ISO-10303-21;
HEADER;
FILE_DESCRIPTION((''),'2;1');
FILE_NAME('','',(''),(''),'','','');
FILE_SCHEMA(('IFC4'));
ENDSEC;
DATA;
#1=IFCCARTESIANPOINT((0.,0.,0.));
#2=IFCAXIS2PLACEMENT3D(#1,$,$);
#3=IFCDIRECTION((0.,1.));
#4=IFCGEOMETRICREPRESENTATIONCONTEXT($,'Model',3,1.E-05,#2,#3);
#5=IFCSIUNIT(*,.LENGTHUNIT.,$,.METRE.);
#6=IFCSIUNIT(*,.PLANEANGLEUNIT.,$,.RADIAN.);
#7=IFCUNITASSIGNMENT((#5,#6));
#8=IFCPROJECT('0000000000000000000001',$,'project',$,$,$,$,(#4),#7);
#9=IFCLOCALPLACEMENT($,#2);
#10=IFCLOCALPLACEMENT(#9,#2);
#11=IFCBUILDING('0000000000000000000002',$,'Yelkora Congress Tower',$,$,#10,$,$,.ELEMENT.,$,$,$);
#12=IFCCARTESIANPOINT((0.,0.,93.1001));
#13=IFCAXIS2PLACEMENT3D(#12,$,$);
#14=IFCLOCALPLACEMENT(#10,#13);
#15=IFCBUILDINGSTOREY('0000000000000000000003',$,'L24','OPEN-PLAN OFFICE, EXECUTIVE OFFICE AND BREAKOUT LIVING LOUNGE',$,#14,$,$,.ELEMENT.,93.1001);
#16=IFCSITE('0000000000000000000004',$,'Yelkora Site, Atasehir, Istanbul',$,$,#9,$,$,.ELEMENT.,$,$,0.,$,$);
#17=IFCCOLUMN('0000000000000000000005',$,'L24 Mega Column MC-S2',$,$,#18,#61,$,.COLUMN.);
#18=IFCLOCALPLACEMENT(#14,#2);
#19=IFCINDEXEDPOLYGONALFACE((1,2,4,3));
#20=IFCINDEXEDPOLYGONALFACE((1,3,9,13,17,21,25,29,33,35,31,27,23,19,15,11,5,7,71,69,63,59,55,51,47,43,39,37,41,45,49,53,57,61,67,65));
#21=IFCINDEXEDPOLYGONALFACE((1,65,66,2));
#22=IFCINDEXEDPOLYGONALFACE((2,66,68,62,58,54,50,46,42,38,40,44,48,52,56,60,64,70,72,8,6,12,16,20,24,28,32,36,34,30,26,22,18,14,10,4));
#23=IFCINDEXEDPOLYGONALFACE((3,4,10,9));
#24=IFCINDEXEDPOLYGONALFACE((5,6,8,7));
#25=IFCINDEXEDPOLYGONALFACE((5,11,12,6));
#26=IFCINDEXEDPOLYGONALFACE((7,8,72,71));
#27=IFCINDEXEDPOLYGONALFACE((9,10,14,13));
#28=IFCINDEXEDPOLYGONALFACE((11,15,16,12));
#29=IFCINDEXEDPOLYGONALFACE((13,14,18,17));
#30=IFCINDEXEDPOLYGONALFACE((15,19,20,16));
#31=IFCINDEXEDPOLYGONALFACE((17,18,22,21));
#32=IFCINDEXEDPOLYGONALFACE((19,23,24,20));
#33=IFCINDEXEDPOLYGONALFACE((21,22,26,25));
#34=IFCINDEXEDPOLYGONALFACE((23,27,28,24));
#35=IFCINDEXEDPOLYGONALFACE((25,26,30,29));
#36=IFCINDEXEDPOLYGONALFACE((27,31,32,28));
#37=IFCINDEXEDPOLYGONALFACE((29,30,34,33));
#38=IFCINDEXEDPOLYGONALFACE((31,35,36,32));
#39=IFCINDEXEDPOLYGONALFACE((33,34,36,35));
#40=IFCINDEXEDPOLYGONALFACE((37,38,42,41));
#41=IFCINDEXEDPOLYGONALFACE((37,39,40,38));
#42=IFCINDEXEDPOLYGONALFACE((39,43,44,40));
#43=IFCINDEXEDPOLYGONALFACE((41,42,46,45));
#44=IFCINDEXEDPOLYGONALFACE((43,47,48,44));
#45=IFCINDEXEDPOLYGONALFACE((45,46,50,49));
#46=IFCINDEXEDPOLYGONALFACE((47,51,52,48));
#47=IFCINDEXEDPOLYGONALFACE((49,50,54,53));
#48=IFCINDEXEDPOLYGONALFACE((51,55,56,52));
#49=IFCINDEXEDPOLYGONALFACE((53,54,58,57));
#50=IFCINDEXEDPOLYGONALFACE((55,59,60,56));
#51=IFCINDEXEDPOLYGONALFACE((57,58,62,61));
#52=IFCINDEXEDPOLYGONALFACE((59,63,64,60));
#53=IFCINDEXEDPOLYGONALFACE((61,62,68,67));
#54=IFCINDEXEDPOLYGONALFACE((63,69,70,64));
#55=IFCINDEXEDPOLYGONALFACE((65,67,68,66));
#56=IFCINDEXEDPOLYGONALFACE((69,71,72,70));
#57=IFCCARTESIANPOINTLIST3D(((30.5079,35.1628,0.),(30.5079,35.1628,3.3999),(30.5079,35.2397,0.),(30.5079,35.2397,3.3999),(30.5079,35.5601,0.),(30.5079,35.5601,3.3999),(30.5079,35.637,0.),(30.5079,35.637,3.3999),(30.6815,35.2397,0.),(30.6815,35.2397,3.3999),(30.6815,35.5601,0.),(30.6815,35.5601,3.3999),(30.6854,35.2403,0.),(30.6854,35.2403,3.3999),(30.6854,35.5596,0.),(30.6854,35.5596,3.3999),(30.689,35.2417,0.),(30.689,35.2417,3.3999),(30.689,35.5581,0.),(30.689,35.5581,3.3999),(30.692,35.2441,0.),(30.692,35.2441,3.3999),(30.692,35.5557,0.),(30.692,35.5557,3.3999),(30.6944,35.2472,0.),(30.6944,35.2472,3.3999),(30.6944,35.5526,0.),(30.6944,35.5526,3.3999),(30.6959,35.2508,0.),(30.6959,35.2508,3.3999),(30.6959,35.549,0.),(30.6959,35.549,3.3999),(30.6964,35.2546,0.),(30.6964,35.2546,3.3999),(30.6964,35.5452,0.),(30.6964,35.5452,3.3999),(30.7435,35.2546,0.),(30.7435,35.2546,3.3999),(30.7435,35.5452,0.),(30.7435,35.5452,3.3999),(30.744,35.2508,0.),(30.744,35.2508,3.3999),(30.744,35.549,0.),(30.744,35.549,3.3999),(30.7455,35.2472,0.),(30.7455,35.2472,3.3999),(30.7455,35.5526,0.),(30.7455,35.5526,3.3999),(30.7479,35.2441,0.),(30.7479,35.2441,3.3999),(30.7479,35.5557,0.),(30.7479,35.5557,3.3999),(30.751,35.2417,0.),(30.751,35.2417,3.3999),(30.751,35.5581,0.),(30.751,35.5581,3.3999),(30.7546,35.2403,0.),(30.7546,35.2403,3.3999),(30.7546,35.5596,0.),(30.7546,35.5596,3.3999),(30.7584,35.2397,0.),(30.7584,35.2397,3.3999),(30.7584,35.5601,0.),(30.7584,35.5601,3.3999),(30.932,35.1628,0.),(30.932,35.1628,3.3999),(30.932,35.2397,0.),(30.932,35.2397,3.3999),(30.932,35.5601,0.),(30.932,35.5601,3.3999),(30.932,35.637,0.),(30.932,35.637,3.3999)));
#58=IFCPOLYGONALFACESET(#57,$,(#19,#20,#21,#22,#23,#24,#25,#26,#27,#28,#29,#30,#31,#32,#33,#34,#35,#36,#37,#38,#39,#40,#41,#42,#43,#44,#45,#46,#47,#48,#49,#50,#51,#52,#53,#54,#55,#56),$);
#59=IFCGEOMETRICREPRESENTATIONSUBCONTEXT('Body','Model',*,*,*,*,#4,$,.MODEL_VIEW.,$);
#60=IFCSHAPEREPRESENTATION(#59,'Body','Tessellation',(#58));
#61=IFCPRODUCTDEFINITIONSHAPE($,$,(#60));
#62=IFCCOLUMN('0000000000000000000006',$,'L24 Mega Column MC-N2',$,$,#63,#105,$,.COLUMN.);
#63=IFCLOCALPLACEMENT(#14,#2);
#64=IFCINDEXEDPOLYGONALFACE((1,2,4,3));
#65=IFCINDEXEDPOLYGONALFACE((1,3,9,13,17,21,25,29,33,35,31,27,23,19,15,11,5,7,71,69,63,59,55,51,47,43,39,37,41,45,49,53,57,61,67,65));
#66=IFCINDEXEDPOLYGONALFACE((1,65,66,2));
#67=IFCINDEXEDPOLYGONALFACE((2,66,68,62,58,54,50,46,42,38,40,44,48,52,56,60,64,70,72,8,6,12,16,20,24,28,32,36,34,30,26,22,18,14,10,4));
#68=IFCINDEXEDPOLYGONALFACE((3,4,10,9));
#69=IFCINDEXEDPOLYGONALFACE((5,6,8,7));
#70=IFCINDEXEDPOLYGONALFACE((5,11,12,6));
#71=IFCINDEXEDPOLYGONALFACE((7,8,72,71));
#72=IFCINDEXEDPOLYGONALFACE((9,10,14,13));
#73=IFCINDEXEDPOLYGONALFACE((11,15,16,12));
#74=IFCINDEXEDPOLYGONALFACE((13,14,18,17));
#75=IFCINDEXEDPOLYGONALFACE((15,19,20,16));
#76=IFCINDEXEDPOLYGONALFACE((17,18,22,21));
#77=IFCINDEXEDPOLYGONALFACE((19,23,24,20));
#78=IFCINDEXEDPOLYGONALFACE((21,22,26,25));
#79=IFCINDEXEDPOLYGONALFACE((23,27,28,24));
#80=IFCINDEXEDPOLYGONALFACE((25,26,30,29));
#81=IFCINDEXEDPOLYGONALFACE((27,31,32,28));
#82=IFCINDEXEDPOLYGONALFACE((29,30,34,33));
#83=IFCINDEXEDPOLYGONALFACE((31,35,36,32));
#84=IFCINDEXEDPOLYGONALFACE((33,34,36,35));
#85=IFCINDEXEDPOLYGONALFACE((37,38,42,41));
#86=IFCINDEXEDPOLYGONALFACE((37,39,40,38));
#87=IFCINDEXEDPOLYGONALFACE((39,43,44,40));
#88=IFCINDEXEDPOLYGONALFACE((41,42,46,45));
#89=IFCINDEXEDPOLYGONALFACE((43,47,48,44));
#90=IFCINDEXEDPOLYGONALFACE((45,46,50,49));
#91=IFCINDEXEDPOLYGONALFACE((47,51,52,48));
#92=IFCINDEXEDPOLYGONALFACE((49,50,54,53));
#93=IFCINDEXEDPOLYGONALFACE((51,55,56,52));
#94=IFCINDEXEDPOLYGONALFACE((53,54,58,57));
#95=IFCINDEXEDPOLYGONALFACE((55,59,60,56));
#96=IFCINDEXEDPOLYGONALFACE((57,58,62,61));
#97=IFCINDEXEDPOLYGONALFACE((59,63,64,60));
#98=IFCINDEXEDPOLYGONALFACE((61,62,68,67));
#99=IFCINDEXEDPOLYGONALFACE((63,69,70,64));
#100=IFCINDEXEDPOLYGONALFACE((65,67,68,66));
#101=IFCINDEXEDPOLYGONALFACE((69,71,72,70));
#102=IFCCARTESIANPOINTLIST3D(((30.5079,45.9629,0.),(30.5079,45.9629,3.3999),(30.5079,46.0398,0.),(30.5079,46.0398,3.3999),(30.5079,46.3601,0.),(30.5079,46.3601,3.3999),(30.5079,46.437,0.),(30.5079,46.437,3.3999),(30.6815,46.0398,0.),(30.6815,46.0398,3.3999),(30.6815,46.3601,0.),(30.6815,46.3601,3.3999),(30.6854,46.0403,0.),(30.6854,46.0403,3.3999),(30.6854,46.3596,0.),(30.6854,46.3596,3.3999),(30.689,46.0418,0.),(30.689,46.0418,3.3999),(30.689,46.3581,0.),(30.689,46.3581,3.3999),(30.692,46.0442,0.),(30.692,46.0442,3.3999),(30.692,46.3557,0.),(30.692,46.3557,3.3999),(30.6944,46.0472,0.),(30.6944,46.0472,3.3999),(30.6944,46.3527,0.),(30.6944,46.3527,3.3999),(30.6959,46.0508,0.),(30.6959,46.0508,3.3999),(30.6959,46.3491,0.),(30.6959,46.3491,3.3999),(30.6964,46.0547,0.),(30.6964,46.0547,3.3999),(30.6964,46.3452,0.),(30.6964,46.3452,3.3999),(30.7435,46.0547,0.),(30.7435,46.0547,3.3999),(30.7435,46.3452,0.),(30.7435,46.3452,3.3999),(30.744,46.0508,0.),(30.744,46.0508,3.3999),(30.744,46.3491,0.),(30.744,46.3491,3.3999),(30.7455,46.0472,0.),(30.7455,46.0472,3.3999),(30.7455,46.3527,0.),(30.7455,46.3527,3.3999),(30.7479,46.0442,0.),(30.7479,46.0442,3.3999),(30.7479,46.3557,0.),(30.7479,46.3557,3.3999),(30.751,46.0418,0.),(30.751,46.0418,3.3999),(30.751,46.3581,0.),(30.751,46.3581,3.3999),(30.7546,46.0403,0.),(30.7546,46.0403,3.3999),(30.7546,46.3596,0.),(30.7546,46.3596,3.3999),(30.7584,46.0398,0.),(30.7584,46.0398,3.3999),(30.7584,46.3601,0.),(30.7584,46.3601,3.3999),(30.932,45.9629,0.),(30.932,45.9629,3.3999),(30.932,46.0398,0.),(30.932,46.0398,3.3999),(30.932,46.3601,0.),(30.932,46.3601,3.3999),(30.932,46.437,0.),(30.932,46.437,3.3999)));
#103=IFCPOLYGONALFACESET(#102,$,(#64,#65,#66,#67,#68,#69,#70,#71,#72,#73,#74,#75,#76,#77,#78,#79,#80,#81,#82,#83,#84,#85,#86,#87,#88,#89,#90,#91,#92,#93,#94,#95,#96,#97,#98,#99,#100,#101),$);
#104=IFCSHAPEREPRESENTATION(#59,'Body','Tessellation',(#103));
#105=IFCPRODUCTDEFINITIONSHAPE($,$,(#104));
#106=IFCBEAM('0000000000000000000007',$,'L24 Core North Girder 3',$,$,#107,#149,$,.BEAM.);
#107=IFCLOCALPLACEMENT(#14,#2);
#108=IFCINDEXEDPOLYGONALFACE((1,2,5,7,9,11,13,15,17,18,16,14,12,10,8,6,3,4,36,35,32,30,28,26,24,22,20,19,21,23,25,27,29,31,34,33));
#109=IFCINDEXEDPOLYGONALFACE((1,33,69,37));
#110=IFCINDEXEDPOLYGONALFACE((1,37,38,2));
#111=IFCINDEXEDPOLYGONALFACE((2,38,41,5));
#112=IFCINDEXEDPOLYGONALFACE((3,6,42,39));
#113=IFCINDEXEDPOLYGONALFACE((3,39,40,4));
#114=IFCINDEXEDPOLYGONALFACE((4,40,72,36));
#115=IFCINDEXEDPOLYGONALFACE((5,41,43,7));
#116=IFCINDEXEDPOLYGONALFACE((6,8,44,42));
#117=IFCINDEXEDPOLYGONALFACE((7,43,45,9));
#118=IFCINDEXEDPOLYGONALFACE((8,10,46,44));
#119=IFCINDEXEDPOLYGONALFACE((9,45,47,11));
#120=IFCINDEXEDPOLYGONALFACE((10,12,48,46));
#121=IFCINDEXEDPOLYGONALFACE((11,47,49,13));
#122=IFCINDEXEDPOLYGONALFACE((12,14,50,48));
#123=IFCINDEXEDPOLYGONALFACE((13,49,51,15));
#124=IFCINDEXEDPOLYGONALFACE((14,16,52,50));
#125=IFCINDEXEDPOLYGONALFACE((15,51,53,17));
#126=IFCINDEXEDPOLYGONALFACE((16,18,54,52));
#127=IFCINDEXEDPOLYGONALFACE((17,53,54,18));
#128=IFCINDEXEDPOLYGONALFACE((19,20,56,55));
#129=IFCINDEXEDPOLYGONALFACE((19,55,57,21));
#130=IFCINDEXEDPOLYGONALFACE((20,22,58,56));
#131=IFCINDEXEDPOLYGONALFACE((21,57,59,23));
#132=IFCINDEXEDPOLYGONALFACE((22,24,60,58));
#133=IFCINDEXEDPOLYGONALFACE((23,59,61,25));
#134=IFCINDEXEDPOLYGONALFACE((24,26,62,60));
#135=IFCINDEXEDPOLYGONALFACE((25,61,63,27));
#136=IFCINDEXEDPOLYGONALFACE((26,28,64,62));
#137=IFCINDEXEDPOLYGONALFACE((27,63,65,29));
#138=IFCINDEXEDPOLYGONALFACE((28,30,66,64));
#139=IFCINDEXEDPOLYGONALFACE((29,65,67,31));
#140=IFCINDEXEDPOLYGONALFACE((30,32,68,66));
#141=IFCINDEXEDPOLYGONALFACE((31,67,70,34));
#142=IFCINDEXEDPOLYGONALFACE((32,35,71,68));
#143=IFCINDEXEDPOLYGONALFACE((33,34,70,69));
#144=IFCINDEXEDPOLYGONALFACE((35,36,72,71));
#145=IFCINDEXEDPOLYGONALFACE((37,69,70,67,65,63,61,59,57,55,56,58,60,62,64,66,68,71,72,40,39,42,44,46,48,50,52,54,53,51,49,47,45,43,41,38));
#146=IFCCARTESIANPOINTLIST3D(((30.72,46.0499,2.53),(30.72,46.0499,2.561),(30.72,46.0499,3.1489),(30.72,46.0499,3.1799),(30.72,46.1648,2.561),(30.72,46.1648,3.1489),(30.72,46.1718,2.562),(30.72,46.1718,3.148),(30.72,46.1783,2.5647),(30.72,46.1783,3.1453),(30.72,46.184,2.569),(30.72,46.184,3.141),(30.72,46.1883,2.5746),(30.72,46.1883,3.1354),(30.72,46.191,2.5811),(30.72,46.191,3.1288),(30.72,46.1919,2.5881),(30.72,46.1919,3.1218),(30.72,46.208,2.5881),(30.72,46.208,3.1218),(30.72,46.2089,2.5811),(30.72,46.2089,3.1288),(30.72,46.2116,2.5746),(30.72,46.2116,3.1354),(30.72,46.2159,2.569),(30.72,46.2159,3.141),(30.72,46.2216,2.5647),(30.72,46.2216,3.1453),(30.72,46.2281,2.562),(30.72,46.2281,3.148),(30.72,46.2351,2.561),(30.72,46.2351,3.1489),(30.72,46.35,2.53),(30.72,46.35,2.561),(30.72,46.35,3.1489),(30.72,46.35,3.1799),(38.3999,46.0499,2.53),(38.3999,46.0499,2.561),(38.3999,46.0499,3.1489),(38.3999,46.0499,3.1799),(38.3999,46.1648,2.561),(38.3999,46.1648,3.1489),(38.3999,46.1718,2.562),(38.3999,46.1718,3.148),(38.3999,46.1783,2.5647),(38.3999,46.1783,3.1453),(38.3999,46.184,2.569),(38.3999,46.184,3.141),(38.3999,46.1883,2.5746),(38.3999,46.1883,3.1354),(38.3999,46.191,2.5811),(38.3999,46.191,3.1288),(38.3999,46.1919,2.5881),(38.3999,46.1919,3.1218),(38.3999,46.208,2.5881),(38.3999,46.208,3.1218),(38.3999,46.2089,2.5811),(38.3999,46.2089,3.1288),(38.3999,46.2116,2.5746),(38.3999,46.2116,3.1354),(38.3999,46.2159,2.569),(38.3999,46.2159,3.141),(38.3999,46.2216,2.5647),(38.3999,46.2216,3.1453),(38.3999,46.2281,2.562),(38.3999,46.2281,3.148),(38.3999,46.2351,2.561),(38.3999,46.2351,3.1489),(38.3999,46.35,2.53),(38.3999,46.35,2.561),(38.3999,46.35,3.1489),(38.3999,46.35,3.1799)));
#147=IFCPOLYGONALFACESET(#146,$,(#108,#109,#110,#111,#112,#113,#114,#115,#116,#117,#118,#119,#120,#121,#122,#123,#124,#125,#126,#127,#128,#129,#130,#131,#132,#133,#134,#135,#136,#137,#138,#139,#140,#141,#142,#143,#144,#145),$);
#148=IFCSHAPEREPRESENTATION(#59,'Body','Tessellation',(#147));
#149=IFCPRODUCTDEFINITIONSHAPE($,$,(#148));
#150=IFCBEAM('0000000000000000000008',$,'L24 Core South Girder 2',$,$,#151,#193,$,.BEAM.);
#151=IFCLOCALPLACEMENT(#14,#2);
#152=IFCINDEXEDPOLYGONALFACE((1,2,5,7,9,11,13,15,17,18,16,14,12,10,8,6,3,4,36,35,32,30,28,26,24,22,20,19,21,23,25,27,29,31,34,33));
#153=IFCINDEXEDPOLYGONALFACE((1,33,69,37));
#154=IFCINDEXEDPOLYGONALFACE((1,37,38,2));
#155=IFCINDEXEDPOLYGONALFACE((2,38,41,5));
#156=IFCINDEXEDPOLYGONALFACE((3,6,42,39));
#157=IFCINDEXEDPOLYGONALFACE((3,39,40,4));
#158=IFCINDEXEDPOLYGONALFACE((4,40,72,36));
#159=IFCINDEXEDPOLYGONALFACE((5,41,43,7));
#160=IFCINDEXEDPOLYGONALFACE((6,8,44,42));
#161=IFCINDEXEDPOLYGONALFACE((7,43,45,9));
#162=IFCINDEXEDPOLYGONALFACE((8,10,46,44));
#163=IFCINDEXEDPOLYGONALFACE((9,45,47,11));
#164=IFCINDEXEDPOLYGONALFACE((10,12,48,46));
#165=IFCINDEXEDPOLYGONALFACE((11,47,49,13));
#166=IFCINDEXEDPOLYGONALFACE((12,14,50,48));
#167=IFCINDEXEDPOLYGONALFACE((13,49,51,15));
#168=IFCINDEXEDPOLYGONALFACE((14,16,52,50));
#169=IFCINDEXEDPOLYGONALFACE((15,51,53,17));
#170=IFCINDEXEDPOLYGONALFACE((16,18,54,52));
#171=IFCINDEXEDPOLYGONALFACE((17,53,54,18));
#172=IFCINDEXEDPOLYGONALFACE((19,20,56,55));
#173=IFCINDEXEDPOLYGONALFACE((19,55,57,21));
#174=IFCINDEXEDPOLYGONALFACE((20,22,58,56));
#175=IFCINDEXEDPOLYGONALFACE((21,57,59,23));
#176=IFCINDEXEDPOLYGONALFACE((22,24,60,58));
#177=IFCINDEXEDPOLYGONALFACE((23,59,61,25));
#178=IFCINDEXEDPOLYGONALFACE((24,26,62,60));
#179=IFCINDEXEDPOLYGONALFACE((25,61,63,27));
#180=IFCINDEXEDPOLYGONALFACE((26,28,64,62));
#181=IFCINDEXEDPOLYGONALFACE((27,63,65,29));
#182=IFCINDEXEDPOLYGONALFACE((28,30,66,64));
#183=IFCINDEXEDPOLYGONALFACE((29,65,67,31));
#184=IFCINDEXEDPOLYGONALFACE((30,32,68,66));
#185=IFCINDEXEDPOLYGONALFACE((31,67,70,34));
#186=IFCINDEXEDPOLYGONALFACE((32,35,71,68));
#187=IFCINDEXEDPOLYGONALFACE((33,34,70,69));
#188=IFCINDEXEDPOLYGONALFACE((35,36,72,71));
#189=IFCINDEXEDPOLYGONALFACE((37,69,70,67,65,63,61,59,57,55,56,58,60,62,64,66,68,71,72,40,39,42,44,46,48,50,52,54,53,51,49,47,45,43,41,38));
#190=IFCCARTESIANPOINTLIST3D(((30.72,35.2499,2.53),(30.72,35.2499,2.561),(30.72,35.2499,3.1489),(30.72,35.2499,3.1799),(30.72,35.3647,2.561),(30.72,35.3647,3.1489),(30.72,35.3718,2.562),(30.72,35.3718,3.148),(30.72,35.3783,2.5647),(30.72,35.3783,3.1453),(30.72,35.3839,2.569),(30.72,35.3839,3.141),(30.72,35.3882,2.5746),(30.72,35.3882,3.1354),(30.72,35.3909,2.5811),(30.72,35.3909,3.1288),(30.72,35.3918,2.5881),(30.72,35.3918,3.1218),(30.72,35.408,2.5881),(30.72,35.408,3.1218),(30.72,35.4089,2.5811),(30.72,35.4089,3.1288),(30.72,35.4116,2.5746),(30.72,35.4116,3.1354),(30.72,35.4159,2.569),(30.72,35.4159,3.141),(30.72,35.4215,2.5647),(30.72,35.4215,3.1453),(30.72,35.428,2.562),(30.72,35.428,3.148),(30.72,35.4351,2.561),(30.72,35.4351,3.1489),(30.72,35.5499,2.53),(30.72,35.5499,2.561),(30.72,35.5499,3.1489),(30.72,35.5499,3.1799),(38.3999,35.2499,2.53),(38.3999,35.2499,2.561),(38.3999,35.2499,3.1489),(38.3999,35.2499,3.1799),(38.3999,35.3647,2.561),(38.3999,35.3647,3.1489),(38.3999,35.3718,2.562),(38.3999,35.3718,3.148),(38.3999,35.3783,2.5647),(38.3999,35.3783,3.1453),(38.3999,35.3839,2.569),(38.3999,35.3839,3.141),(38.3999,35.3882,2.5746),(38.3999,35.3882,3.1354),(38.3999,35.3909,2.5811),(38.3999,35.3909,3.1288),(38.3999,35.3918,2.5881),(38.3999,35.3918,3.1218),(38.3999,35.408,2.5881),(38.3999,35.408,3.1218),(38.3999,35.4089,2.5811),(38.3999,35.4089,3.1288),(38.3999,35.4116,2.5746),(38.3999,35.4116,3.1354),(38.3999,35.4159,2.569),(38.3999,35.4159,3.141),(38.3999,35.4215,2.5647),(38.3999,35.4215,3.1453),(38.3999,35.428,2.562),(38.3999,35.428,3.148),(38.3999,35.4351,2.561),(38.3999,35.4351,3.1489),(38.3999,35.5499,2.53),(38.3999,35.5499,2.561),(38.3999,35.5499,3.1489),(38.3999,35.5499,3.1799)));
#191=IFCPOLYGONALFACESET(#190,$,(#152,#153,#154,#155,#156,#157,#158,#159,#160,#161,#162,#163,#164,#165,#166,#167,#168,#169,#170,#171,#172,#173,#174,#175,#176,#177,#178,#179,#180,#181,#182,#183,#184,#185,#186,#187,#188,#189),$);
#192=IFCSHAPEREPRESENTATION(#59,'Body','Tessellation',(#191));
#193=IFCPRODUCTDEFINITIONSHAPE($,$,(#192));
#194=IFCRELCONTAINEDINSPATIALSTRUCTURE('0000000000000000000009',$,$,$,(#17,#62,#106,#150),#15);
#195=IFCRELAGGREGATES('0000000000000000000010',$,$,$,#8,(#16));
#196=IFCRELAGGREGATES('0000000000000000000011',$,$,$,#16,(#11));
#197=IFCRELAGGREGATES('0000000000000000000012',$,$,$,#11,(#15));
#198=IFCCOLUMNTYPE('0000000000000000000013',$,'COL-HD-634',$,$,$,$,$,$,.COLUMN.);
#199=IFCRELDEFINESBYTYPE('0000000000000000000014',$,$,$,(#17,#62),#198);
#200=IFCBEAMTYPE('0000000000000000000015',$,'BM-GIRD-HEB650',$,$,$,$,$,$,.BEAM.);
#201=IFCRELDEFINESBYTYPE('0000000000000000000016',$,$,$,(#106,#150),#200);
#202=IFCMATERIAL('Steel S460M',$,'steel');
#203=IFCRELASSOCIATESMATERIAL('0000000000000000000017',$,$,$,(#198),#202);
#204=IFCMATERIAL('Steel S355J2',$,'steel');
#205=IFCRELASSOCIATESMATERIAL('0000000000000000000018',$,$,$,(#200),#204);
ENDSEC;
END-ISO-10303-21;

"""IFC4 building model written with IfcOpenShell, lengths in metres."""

from ifc_helpers import new_model, si_unit, direction, frame, origin, origin_2d, place, context, subcontext, project, spatial, i_section, extrude, material, material_profile, profile_set, type_object, element, save


model = new_model("IFC4")

# Units and contexts
model_context = context("Model", 3, precision=1e-05, world=origin(), true_north=direction((0.0, 1.0)))
body_context = subcontext(model_context, "Body", "Model", "MODEL_VIEW")
ifc_project = project(units=[si_unit("LENGTHUNIT", "METRE"), si_unit("PLANEANGLEUNIT", "RADIAN")], contexts=[model_context])

# Site, building, storey
site_placement = place(None, origin())
site = spatial("IfcSite", under=ifc_project, at=site_placement, Name="Yelkora Site, Atasehir, Istanbul", CompositionType="ELEMENT", RefElevation=0.0)
building_placement = place(site_placement, origin())
building = spatial("IfcBuilding", under=site, at=building_placement, Name="Yelkora Congress Tower", CompositionType="ELEMENT")
storey_placement = place(building_placement, frame((0.0, 0.0, 93.1001)))
storey = spatial("IfcBuildingStorey", under=building, at=storey_placement, Name="L24", Description="OPEN-PLAN OFFICE, EXECUTIVE OFFICE AND BREAKOUT LIVING LOUNGE", CompositionType="ELEMENT", Elevation=93.1001)

# Columns
ifc_material_1 = material(Name="Steel S460M", Category="steel")
ifc_material_profile_1 = material_profile(ifc_material_1, i_section(OverallWidth=0.4241, OverallDepth=0.4741, WebThickness=0.0471, FlangeThickness=0.0769, FilletRadius=0.0149, at=origin_2d()), Name="HD 400x634")
ifc_profile_set_1 = profile_set([ifc_material_profile_1], Name="Steel S460M")
column_type = type_object("IfcColumnType", Name="COL-HD-634", PredefinedType="COLUMN", material=ifc_profile_set_1)
for number, where, z_axis, x_axis, name in (
    (1, (30.72, 35.3999, 0.0), (0.0, 0.0, 1.0), (1.0, 0.0, 0.0), "L24 Mega Column MC-S2"),
    (2, (30.72, 46.2, 0.0), (0.0, 0.0, 1.0), (1.0, 0.0, 0.0), "L24 Mega Column MC-N2"),
):
    element("IfcColumn", number, at=place(storey_placement, frame(where, z_axis=z_axis, x_axis=x_axis)), inside=storey, type_object=column_type, Name=name, PredefinedType="COLUMN", context=body_context, shape_type="SweptSolid", body=[
        extrude(i_section(OverallWidth=0.4241, OverallDepth=0.4741, WebThickness=0.0471, FlangeThickness=0.0769, FilletRadius=0.0149, at=origin_2d()), origin(), (0.0, 0.0, 1.0), 3.3999),
    ])

# Beams
ifc_material_2 = material(Name="Steel S355J2", Category="steel")
ifc_material_profile_2 = material_profile(ifc_material_2, i_section(OverallWidth=0.3, OverallDepth=0.6499, WebThickness=0.0161, FlangeThickness=0.031, FilletRadius=0.0271, at=origin_2d()), Name="HEB 650")
ifc_profile_set_2 = profile_set([ifc_material_profile_2], Name="Steel S355J2")
beam_type = type_object("IfcBeamType", Name="BM-GIRD-HEB650", PredefinedType="BEAM", material=ifc_profile_set_2)
for number, where, z_axis, x_axis, name in (
    (3, (30.72, 46.2, 2.855), (1.0, 0.0, 0.0), (0.0, 1.0, 0.0), "L24 Core North Girder 3"),
    (4, (30.72, 35.3999, 2.855), (1.0, 0.0, 0.0), (0.0, 1.0, 0.0), "L24 Core South Girder 2"),
):
    element("IfcBeam", number, at=place(storey_placement, frame(where, z_axis=z_axis, x_axis=x_axis)), inside=storey, type_object=beam_type, Name=name, PredefinedType="BEAM", context=body_context, shape_type="SweptSolid", body=[
        extrude(i_section(OverallWidth=0.3, OverallDepth=0.6499, WebThickness=0.0161, FlangeThickness=0.031, FilletRadius=0.0271, at=origin_2d()), origin(), (0.0, 0.0, 1.0), 7.6799),
    ])

save(model, "model.ifc")
